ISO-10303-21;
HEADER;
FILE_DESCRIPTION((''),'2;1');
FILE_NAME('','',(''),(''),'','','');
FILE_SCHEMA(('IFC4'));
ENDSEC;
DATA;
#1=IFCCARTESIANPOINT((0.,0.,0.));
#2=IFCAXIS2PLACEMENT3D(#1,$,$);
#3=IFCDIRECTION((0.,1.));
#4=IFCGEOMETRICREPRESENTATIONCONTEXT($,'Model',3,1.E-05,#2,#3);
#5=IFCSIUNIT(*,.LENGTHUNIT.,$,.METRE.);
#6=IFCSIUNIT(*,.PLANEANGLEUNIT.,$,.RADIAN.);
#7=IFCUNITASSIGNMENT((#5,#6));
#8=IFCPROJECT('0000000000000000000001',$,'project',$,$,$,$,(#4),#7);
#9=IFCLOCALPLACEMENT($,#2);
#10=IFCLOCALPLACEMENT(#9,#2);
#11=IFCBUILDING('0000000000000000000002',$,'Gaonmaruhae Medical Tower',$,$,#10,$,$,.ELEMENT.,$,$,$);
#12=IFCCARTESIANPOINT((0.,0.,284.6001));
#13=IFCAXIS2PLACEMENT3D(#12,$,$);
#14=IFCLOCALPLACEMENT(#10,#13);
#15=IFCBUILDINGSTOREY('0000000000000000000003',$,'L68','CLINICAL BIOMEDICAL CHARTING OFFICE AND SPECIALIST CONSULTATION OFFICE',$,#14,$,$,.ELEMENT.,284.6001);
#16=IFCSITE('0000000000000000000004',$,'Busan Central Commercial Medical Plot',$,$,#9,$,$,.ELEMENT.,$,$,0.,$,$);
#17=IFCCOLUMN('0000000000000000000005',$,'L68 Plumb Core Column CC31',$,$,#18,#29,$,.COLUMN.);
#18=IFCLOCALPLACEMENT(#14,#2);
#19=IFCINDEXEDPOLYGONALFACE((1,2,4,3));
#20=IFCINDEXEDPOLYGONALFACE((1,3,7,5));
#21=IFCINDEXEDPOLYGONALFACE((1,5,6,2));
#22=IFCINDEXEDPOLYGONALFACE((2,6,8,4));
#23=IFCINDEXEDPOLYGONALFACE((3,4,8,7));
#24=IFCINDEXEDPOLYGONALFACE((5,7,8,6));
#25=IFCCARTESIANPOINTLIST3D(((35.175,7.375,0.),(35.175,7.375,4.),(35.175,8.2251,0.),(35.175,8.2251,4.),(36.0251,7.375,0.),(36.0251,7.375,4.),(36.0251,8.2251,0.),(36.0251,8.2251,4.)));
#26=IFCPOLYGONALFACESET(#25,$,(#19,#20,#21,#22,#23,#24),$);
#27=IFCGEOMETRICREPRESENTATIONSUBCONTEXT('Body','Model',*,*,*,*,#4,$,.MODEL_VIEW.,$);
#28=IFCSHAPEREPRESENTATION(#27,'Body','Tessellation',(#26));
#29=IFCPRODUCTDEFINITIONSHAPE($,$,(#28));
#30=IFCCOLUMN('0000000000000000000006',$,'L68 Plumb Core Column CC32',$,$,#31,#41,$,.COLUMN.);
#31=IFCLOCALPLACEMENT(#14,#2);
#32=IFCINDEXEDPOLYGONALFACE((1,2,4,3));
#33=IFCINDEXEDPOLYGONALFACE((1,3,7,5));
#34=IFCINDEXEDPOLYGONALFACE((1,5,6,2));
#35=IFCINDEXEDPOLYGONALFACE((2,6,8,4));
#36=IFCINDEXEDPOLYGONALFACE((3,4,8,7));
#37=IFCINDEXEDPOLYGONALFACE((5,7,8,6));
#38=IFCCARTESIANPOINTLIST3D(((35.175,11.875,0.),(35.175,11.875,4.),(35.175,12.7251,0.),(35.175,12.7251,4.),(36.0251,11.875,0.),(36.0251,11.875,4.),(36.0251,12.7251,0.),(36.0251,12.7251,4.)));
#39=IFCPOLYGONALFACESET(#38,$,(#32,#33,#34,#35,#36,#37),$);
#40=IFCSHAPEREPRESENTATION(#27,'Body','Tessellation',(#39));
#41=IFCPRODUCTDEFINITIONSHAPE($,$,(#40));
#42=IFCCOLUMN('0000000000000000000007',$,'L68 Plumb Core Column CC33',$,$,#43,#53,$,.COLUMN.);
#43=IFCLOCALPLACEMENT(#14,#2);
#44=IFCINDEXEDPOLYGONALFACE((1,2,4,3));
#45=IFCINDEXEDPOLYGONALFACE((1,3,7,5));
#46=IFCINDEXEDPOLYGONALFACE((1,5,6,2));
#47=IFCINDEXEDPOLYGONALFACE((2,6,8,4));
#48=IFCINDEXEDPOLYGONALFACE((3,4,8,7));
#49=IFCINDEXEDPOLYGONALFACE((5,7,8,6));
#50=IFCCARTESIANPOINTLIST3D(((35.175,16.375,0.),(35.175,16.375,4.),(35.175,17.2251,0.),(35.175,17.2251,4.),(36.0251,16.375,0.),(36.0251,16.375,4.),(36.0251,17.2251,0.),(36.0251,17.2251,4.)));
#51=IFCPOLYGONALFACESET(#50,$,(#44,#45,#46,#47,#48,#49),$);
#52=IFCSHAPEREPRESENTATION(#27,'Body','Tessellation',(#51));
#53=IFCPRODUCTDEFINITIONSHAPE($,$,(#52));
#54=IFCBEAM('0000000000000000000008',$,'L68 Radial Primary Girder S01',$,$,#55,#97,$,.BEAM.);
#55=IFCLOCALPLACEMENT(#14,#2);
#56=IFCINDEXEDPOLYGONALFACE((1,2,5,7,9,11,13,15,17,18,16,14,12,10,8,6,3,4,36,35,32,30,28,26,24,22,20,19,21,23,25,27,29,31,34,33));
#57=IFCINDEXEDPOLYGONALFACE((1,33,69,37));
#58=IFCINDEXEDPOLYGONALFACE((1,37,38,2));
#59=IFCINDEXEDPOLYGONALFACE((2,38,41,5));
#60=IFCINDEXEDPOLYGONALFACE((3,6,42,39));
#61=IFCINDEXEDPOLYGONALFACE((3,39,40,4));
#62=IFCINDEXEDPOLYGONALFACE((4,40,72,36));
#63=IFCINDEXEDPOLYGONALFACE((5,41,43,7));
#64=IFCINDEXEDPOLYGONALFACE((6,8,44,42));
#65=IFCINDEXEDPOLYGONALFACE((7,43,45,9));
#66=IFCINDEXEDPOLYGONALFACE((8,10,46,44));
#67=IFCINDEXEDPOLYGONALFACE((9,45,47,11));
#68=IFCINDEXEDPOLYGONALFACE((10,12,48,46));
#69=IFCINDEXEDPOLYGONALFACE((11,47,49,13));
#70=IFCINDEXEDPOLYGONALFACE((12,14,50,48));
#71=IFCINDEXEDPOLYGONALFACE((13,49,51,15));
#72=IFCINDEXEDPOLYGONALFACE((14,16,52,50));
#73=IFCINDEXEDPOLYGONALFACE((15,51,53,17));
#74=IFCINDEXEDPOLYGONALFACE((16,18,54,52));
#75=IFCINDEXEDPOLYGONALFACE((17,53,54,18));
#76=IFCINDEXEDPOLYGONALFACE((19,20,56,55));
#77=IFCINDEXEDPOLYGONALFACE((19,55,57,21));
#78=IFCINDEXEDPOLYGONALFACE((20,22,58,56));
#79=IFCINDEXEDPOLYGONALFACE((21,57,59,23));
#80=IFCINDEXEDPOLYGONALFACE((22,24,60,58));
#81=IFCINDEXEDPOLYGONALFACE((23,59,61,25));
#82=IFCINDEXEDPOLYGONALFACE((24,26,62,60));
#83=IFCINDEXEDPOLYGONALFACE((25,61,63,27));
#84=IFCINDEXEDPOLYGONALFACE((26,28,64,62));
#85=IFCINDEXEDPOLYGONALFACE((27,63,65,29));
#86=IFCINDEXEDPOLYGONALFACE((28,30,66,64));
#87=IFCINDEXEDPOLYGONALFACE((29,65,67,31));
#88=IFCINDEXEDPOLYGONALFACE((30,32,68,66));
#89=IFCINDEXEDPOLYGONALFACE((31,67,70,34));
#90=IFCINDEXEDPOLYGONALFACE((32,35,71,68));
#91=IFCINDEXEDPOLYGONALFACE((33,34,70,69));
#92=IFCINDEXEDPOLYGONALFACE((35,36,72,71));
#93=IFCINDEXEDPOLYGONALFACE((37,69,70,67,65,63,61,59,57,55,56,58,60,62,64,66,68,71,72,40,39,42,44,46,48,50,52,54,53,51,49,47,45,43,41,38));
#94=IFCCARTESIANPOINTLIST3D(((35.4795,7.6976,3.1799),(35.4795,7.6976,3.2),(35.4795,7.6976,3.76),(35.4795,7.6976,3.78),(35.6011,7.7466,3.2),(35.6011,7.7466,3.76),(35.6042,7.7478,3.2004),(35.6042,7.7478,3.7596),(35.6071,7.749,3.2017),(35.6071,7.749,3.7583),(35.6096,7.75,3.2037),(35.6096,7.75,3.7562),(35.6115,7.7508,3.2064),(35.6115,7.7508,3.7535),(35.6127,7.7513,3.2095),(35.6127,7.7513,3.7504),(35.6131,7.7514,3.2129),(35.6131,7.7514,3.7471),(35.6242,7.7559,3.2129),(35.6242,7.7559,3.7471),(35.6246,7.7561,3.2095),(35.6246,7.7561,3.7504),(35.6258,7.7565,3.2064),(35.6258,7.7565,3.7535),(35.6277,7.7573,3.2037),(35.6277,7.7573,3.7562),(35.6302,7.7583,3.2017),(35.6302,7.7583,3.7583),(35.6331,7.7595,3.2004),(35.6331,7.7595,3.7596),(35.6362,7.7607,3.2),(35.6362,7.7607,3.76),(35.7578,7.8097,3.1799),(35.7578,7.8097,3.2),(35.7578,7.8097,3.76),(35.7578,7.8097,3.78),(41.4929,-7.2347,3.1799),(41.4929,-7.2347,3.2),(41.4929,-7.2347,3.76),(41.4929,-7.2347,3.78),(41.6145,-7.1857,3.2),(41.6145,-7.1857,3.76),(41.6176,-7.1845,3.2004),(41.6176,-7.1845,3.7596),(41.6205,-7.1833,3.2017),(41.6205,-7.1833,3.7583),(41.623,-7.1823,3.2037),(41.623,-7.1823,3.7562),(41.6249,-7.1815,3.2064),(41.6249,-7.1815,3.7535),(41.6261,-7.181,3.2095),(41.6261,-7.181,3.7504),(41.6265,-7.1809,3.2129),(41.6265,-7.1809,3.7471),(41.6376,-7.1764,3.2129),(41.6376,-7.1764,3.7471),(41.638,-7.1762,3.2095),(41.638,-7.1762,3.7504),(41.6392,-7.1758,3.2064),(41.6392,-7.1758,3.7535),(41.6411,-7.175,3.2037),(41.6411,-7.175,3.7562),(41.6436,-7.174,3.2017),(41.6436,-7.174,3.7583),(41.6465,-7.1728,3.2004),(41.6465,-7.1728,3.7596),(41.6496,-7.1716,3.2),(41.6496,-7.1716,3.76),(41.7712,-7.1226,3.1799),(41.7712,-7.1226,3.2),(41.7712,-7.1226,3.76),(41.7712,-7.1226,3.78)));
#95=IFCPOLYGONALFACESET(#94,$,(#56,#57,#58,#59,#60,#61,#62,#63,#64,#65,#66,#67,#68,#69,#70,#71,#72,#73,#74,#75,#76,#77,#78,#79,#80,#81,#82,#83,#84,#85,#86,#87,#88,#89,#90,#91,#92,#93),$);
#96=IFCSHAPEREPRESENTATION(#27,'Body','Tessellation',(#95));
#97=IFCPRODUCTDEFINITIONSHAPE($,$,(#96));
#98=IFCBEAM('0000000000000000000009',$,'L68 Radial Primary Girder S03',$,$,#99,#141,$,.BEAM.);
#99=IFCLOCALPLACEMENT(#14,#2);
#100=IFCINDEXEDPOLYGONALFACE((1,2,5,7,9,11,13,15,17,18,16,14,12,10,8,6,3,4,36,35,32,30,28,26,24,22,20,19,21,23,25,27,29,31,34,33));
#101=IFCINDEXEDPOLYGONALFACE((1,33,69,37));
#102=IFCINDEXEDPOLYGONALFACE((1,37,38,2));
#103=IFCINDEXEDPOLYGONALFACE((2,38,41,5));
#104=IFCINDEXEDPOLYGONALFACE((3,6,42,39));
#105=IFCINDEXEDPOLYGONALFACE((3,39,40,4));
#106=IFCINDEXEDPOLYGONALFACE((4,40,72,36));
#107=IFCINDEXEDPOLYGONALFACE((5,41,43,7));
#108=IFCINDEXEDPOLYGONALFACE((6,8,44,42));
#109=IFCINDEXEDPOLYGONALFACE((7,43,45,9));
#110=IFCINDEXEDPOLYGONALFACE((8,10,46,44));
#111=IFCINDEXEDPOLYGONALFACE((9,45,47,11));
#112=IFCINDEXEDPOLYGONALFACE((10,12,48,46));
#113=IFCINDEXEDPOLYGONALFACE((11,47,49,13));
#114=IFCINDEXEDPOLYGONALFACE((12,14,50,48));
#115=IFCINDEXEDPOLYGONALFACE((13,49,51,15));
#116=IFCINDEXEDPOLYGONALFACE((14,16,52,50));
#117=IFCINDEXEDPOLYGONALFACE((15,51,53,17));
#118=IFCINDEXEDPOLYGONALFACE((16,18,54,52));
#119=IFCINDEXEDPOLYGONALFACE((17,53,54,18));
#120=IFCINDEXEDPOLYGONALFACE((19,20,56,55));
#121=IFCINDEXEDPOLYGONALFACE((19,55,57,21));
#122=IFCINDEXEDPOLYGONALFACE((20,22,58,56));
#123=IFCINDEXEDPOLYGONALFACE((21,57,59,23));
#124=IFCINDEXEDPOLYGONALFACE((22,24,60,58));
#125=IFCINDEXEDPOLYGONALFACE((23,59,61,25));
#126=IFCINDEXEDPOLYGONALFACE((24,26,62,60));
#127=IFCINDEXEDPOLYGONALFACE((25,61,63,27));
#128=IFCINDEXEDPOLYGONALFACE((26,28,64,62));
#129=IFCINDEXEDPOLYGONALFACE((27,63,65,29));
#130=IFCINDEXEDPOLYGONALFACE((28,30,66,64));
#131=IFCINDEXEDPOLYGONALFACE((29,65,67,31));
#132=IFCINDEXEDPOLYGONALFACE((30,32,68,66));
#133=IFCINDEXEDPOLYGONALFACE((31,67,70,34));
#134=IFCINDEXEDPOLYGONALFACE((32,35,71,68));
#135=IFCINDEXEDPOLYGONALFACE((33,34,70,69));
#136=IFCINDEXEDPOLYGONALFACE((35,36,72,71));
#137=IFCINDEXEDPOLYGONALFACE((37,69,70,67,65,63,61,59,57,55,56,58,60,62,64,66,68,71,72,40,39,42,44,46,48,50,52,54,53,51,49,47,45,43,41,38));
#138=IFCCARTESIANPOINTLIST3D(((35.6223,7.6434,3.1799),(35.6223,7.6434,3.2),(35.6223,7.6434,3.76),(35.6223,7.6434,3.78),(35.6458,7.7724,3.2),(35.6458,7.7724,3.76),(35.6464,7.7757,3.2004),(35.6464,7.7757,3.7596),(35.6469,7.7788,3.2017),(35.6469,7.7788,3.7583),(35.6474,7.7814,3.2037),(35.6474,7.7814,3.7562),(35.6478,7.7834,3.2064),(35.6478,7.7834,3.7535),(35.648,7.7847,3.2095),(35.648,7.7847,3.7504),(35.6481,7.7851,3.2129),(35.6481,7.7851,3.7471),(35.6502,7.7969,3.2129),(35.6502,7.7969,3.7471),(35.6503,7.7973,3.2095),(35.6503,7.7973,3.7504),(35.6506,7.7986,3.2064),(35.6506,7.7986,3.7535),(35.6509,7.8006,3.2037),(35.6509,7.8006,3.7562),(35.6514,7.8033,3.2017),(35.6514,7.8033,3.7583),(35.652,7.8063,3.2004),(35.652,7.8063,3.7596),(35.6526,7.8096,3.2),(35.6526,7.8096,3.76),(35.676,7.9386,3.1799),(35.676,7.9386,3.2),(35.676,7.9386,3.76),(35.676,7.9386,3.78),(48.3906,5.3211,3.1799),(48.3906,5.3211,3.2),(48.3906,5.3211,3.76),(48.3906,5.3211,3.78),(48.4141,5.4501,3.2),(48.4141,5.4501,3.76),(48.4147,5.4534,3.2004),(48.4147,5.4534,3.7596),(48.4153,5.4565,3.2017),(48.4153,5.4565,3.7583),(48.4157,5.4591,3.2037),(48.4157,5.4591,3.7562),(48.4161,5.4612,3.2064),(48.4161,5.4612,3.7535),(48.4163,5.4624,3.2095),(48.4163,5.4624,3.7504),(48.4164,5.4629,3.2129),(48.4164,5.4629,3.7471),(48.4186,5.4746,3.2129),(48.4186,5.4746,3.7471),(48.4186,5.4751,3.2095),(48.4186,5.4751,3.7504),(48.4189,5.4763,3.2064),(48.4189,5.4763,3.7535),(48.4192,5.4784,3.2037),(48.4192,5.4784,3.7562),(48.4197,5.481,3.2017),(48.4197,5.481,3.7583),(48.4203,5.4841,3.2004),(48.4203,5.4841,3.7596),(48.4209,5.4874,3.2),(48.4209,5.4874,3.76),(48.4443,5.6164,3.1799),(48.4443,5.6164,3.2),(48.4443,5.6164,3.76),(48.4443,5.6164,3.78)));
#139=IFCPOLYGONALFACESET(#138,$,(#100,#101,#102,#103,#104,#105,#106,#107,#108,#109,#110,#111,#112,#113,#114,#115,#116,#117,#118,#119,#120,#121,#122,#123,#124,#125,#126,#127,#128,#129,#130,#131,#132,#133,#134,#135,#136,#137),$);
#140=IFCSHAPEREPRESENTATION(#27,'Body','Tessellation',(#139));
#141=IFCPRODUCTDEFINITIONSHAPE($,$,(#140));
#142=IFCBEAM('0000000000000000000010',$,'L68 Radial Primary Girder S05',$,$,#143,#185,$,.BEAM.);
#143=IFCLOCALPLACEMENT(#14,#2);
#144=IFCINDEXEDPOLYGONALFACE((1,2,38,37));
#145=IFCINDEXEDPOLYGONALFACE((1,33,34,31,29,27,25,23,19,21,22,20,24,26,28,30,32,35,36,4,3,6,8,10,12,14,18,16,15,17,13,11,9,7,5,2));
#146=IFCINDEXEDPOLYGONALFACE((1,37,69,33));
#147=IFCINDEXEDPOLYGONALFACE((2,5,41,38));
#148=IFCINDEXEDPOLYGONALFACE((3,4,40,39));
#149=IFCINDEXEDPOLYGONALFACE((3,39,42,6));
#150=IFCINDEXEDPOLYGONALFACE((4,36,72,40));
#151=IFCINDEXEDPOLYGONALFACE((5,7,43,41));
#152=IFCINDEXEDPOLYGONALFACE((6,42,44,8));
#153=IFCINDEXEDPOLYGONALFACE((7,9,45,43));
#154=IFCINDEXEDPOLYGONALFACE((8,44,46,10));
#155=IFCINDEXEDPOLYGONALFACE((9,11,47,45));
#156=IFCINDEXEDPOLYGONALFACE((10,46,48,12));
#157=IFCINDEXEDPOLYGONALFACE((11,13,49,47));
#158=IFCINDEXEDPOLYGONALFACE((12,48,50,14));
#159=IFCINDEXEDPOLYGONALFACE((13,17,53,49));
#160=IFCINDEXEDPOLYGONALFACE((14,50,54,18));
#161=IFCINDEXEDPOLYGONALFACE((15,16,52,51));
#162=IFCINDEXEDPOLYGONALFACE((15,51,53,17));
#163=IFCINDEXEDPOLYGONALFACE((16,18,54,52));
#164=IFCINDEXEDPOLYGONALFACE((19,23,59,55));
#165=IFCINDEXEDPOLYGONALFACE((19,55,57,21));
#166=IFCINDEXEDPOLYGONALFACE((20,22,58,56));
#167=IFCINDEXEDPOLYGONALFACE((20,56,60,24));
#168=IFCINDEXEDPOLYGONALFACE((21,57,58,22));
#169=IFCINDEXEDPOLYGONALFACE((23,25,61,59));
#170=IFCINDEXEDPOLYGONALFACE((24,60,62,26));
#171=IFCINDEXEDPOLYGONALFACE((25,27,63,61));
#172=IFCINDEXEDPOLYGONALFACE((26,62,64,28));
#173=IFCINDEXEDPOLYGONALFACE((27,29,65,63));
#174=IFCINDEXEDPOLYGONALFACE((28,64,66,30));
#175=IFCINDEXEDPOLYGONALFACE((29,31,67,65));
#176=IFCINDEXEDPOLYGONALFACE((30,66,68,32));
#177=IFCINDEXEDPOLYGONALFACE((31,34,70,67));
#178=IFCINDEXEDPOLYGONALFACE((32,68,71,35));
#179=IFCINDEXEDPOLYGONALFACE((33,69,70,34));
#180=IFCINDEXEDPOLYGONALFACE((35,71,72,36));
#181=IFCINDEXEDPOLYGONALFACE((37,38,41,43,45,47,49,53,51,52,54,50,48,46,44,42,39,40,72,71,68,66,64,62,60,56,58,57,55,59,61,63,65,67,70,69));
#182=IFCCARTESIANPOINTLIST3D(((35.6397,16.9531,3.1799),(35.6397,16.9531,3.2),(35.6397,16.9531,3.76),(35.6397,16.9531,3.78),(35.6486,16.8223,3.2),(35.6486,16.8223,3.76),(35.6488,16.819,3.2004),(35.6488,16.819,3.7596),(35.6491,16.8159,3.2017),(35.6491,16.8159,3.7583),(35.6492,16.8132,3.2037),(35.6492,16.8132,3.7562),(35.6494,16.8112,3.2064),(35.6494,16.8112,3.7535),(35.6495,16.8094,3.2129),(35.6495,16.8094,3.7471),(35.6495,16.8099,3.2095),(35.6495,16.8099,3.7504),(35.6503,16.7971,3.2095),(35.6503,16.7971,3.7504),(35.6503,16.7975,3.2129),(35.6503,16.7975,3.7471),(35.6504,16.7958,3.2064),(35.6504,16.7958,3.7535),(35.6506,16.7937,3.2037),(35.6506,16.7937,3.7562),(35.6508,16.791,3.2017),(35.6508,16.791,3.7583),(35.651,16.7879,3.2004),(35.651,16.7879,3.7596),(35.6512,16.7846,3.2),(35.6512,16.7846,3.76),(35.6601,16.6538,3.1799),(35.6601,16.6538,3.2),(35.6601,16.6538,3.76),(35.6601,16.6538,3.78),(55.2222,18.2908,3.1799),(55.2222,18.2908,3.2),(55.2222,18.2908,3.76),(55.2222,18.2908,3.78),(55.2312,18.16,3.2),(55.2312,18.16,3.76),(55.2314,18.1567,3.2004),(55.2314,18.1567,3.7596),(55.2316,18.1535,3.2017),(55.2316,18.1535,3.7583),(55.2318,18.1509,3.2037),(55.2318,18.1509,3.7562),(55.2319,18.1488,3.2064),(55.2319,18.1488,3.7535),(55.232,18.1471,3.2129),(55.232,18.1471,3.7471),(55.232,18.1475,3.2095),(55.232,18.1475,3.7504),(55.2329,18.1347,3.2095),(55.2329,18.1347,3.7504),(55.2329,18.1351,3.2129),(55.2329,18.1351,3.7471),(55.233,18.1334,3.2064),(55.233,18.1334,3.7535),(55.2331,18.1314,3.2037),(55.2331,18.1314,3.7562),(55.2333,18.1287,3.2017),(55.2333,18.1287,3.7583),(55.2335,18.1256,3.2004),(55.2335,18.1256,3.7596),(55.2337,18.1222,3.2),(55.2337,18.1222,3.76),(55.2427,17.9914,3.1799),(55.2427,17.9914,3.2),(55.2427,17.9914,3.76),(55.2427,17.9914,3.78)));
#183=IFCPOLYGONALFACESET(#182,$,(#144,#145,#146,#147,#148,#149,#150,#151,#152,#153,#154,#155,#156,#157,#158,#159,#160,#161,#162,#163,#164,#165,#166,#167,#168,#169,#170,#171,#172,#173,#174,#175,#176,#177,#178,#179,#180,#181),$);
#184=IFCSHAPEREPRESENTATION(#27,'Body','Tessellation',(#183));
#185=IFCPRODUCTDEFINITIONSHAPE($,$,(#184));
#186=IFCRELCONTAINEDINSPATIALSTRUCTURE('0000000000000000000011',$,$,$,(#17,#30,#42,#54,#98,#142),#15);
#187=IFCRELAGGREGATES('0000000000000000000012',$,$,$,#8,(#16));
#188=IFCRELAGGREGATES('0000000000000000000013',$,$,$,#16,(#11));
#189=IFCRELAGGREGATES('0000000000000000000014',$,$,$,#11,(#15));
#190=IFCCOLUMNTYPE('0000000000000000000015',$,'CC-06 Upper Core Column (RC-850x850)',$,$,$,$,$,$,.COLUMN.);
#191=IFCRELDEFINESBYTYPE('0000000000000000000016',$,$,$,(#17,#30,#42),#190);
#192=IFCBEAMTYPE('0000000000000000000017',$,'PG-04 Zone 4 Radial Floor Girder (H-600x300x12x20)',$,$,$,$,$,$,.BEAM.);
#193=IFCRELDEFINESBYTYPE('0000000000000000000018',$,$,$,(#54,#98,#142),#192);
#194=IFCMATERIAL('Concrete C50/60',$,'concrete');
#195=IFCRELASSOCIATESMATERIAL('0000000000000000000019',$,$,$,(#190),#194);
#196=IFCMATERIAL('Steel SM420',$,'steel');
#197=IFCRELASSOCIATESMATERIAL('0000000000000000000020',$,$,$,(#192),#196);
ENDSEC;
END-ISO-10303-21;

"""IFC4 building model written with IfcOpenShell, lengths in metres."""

from ifc_helpers import new_model, si_unit, direction, frame, origin, origin_2d, place, context, subcontext, project, spatial, rectangle, i_section, extrude, material, material_profile, profile_set, type_object, element, save


model = new_model("IFC4")

# Units and contexts
model_context = context("Model", 3, precision=1e-05, world=origin(), true_north=direction((0.0, 1.0)))
body_context = subcontext(model_context, "Body", "Model", "MODEL_VIEW")
ifc_project = project(units=[si_unit("LENGTHUNIT", "METRE"), si_unit("PLANEANGLEUNIT", "RADIAN")], contexts=[model_context])

# Site, building, storey
site_placement = place(None, origin())
site = spatial("IfcSite", under=ifc_project, at=site_placement, Name="Busan Central Commercial Medical Plot", CompositionType="ELEMENT", RefElevation=0.0)
building_placement = place(site_placement, origin())
building = spatial("IfcBuilding", under=site, at=building_placement, Name="Gaonmaruhae Medical Tower", CompositionType="ELEMENT")
storey_placement = place(building_placement, frame((0.0, 0.0, 284.6001)))
storey = spatial("IfcBuildingStorey", under=building, at=storey_placement, Name="L68", Description="CLINICAL BIOMEDICAL CHARTING OFFICE AND SPECIALIST CONSULTATION OFFICE", CompositionType="ELEMENT", Elevation=284.6001)

# Columns
ifc_material_1 = material(Name="Concrete C50/60", Category="concrete")
ifc_material_profile_1 = material_profile(ifc_material_1, rectangle(XDim=0.8501, YDim=0.8501, at=origin_2d()), Name="RC-850x850")
ifc_profile_set_1 = profile_set([ifc_material_profile_1], Name="Concrete C50/60")
column_type = type_object("IfcColumnType", Name="CC-06 Upper Core Column (RC-850x850)", PredefinedType="COLUMN", material=ifc_profile_set_1)
for number, where, z_axis, x_axis, name in (
    (1, (35.6001, 7.8, 0.0), (0.0, 0.0, 1.0), (1.0, 0.0, 0.0), "L68 Plumb Core Column CC31"),
    (2, (35.6001, 12.3, 0.0), (0.0, 0.0, 1.0), (1.0, 0.0, 0.0), "L68 Plumb Core Column CC32"),
    (3, (35.6001, 16.8, 0.0), (0.0, 0.0, 1.0), (1.0, 0.0, 0.0), "L68 Plumb Core Column CC33"),
):
    element("IfcColumn", number, at=place(storey_placement, frame(where, z_axis=z_axis, x_axis=x_axis)), inside=storey, type_object=column_type, Name=name, PredefinedType="COLUMN", context=body_context, shape_type="SweptSolid", body=[
        extrude(rectangle(XDim=0.8501, YDim=0.8501, at=origin_2d()), origin(), (0.0, 0.0, 1.0), 4.0),
    ])

# Beams
ifc_material_2 = material(Name="Steel SM420", Category="steel")
ifc_material_profile_2 = material_profile(ifc_material_2, i_section(OverallWidth=0.3, OverallDepth=0.6001, WebThickness=0.012, FlangeThickness=0.02, FilletRadius=0.0129, at=origin_2d()), Name="H-600x300x12x20")
ifc_profile_set_2 = profile_set([ifc_material_profile_2], Name="Steel SM420")
beam_type = type_object("IfcBeamType", Name="PG-04 Zone 4 Radial Floor Girder (H-600x300x12x20)", PredefinedType="BEAM", material=ifc_profile_set_2)
beam_1_placement = place(storey_placement, frame((35.6187, 7.7537, 3.48), z_axis=(0.373557, -0.927607, 0.0), x_axis=(0.927607, 0.373557, 0.0)))
element("IfcBeam", 4, at=beam_1_placement, inside=storey, type_object=beam_type, Name="L68 Radial Primary Girder S01", PredefinedType="BEAM", context=body_context, shape_type="SweptSolid", body=[
    extrude(i_section(OverallWidth=0.3, OverallDepth=0.6001, WebThickness=0.012, FlangeThickness=0.02, FilletRadius=0.0129, at=origin_2d()), origin(), (0.0, 0.0, 1.0), 16.0977),
])
beam_2_placement = place(storey_placement, frame((35.6492, 7.791, 3.48), z_axis=(0.98386, -0.178942, 0.0), x_axis=(0.178942, 0.98386, 0.0)))
element("IfcBeam", 5, at=beam_2_placement, inside=storey, type_object=beam_type, Name="L68 Radial Primary Girder S03", PredefinedType="BEAM", context=body_context, shape_type="SweptSolid", body=[
    extrude(i_section(OverallWidth=0.3, OverallDepth=0.6001, WebThickness=0.012, FlangeThickness=0.02, FilletRadius=0.0129, at=origin_2d()), origin(), (0.0, 0.0, 1.0), 12.9778),
])
beam_3_placement = place(storey_placement, frame((35.6499, 16.8035, 3.48), z_axis=(0.997675, 0.068149, 0.0), x_axis=(-0.068149, 0.997675, 0.0)))
element("IfcBeam", 6, at=beam_3_placement, inside=storey, type_object=beam_type, Name="L68 Radial Primary Girder S05", PredefinedType="BEAM", context=body_context, shape_type="SweptSolid", body=[
    extrude(i_section(OverallWidth=0.3, OverallDepth=0.6001, WebThickness=0.012, FlangeThickness=0.02, FilletRadius=0.0129, at=origin_2d()), origin(), (0.0, 0.0, 1.0), 19.6282),
])

save(model, "model.ifc")
